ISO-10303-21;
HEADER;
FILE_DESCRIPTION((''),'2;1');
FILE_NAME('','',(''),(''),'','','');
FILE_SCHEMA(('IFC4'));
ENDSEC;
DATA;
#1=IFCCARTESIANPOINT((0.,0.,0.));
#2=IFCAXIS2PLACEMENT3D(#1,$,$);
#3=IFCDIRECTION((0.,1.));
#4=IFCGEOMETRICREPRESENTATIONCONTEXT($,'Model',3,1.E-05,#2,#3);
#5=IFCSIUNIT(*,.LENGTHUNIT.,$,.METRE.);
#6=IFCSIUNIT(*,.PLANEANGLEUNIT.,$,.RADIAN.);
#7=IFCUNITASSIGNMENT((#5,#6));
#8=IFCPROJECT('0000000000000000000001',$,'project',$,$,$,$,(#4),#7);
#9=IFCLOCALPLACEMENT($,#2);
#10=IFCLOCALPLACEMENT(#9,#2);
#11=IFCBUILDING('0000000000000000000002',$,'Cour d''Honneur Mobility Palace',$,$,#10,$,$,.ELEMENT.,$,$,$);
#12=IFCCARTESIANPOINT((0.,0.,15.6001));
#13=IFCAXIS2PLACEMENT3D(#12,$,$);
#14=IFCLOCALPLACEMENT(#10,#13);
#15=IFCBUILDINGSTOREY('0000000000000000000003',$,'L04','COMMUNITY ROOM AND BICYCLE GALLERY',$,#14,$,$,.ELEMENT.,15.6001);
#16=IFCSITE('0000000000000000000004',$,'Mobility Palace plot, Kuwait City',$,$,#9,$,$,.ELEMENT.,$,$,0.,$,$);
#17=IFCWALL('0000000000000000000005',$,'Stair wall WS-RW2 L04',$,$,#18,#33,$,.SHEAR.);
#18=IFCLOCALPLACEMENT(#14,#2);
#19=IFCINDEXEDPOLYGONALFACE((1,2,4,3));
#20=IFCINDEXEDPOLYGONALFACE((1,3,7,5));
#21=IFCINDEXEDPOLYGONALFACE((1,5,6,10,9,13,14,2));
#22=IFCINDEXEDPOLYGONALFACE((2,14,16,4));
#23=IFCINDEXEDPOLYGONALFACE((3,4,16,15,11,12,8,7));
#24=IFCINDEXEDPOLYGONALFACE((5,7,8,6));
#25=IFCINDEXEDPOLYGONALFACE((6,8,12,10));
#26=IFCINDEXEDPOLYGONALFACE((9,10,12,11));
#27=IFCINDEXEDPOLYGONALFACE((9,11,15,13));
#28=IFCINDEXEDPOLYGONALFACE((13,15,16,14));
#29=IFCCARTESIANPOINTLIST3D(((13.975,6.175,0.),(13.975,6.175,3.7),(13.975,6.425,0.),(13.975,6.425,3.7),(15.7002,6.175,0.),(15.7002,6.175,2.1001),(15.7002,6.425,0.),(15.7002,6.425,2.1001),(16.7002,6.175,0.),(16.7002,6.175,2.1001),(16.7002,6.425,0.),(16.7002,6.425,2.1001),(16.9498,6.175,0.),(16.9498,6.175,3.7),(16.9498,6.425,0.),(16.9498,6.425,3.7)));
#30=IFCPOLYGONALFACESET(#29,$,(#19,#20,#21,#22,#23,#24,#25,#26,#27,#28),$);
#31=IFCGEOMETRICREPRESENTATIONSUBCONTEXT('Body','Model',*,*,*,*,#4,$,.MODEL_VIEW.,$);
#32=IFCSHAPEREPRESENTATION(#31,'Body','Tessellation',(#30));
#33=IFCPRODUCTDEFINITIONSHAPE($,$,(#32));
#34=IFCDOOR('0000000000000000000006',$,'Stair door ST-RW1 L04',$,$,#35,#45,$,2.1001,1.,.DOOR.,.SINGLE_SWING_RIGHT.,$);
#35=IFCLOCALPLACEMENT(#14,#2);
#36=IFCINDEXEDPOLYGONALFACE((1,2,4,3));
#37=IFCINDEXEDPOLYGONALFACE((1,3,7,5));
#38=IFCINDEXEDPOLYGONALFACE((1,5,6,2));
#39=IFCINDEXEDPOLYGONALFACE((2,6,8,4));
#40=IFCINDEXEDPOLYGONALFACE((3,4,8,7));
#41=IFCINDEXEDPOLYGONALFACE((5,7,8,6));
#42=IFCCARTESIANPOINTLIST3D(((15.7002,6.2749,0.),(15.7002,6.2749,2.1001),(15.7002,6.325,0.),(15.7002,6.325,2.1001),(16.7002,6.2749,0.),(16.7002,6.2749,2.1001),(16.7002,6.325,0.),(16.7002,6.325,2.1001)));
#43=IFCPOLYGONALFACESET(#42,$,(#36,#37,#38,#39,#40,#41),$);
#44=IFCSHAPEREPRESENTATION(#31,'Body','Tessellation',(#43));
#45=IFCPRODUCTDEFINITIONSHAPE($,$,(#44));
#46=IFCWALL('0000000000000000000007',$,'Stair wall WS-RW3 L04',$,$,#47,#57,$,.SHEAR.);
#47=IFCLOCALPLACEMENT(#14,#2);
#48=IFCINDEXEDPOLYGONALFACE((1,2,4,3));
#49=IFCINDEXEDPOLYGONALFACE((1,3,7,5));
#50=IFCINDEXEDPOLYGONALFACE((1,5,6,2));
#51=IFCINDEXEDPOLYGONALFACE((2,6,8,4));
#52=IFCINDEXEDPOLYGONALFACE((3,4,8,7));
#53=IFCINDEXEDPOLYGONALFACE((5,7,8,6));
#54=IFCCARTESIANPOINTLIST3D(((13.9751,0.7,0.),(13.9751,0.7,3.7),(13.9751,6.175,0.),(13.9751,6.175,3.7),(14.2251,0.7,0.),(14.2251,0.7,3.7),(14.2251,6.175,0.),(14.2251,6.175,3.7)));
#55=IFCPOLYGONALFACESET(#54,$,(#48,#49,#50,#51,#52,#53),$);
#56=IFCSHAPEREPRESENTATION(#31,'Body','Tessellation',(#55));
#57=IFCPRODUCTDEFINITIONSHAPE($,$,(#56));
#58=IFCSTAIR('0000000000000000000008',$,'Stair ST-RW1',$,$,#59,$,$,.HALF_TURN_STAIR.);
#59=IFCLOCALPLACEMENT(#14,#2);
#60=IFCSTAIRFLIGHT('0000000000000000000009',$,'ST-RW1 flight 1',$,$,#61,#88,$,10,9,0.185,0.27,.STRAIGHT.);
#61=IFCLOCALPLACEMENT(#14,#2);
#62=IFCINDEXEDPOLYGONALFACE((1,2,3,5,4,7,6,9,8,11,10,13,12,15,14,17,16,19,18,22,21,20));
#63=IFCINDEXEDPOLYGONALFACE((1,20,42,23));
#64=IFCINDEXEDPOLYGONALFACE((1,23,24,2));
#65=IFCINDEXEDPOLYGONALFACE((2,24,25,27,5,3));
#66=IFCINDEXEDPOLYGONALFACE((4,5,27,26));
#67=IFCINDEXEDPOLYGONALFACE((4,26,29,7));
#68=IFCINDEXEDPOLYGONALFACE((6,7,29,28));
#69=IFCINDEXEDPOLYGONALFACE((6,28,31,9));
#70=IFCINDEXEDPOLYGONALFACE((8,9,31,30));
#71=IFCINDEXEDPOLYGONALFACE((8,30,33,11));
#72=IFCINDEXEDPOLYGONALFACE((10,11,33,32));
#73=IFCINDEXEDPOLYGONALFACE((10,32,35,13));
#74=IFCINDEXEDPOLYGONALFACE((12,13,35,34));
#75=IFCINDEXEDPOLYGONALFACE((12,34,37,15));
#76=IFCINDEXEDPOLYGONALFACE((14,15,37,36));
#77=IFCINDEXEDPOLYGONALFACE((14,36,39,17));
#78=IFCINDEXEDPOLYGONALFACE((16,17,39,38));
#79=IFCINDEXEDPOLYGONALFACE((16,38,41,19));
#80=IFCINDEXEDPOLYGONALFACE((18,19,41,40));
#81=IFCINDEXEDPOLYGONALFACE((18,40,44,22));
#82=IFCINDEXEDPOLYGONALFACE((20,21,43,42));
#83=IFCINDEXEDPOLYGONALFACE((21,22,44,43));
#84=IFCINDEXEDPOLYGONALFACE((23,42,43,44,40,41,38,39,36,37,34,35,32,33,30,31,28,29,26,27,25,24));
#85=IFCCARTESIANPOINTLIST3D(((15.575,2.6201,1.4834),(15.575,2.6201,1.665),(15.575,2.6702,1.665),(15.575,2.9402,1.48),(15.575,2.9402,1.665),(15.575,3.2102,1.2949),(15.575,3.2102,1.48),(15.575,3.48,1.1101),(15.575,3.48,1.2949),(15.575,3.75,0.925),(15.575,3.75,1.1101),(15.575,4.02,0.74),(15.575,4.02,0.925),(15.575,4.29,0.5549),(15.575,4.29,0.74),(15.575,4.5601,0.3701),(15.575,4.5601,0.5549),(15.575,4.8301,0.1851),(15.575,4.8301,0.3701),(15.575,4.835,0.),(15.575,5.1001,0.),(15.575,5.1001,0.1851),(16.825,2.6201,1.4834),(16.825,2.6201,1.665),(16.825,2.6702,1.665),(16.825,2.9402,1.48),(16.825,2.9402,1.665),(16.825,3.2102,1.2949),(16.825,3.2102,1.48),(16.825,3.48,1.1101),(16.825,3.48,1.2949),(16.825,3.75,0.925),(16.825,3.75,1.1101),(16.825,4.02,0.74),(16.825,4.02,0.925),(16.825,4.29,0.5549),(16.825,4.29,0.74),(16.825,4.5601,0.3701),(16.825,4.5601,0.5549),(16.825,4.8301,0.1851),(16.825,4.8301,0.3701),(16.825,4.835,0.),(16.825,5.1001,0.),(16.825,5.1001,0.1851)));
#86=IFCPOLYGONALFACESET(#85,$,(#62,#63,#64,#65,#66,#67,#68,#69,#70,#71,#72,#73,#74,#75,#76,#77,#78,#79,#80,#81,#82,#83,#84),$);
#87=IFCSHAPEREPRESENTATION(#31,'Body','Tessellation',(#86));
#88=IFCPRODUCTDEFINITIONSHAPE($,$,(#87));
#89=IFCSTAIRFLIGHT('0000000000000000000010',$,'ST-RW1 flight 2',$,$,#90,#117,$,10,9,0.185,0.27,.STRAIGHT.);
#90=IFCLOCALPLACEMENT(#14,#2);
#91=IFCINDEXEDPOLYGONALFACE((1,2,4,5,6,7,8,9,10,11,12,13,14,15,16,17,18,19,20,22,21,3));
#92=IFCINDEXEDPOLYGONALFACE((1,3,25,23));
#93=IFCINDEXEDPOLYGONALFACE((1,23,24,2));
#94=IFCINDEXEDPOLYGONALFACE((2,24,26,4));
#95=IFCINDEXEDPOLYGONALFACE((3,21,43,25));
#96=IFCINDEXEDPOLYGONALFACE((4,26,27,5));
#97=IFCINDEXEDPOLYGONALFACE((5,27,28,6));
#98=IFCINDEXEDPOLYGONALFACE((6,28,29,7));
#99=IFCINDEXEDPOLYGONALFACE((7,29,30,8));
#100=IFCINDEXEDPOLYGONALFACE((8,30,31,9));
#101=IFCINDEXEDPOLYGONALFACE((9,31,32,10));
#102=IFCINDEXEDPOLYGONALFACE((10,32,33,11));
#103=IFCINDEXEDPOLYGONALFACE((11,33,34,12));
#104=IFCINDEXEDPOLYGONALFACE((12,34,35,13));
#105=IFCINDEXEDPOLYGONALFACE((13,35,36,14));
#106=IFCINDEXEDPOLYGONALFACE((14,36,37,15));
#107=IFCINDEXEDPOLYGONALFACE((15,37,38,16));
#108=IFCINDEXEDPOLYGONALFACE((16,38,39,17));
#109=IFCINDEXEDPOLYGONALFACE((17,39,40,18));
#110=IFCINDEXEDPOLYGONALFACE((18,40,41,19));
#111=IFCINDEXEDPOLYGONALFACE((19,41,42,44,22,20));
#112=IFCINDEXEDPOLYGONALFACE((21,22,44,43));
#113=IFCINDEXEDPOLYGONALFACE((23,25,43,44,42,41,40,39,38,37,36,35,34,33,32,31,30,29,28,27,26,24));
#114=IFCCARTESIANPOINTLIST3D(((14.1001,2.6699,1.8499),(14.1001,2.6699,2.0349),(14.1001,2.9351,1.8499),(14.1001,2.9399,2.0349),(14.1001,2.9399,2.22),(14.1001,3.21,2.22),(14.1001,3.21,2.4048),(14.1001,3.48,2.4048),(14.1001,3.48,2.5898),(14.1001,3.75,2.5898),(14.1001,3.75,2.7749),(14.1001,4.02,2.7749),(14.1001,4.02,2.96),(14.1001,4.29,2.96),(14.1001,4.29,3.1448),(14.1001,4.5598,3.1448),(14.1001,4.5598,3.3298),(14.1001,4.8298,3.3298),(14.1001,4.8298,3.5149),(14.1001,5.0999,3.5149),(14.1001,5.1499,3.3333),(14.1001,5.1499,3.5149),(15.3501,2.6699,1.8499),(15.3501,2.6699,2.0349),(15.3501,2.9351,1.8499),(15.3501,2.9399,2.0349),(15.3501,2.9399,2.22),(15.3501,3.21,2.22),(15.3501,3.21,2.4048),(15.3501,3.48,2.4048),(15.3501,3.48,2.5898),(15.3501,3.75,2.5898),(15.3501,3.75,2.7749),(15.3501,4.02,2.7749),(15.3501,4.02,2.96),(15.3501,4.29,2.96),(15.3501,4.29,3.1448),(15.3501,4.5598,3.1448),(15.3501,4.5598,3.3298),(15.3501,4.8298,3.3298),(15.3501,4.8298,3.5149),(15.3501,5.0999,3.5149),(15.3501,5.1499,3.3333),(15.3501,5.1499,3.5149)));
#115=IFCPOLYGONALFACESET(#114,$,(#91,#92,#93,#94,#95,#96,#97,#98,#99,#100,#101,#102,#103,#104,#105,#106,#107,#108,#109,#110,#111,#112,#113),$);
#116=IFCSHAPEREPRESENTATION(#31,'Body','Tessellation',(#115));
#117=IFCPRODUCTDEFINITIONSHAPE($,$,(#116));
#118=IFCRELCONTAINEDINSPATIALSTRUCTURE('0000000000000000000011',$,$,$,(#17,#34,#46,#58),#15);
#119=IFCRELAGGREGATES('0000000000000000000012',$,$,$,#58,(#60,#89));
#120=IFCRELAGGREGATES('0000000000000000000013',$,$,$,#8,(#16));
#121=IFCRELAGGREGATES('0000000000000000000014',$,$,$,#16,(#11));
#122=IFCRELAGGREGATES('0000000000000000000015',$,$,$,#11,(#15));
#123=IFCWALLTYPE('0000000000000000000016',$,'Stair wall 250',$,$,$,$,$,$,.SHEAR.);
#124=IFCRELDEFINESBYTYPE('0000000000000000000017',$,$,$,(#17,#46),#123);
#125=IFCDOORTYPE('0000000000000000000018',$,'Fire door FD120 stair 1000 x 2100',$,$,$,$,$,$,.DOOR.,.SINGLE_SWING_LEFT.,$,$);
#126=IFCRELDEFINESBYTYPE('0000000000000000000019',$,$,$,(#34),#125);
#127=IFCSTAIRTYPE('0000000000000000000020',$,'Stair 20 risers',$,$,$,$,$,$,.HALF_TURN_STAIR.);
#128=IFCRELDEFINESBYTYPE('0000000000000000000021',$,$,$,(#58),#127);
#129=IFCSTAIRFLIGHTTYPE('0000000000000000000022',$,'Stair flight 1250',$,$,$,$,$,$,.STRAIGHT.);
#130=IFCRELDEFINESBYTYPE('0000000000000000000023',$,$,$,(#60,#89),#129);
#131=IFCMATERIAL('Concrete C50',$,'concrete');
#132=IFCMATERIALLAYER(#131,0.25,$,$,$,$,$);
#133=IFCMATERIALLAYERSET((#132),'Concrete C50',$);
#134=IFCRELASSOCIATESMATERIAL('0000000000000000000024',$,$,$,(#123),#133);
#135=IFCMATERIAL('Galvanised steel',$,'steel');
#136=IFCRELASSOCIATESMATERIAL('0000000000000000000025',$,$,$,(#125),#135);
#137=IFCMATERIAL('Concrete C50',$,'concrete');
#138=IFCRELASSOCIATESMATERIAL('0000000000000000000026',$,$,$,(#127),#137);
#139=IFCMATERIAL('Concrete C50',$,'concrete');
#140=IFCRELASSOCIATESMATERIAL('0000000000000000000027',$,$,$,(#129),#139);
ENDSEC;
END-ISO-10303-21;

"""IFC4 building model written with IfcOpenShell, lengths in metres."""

from ifc_helpers import new_model, si_unit, direction, frame, frame_2d, origin, place, context, subcontext, project, spatial, polyline, rectangle, outline, extrude, material, layer, layer_set, type_object, element, fill, aggregate, save


model = new_model("IFC4")

# Units and contexts
model_context = context("Model", 3, precision=1e-05, world=origin(), true_north=direction((0.0, 1.0)))
body_context = subcontext(model_context, "Body", "Model", "MODEL_VIEW")
ifc_project = project(units=[si_unit("LENGTHUNIT", "METRE"), si_unit("PLANEANGLEUNIT", "RADIAN")], contexts=[model_context])

# Site, building, storey
site_placement = place(None, origin())
site = spatial("IfcSite", under=ifc_project, at=site_placement, Name="Mobility Palace plot, Kuwait City", CompositionType="ELEMENT", RefElevation=0.0)
building_placement = place(site_placement, origin())
building = spatial("IfcBuilding", under=site, at=building_placement, Name="Cour d'Honneur Mobility Palace", CompositionType="ELEMENT")
storey_placement = place(building_placement, frame((0.0, 0.0, 15.6001)))
storey = spatial("IfcBuildingStorey", under=building, at=storey_placement, Name="L04", Description="COMMUNITY ROOM AND BICYCLE GALLERY", CompositionType="ELEMENT", Elevation=15.6001)

# Shared definitions
ifc_material_1 = material(Name="Concrete C50", Category="concrete")
ifc_layer_1 = layer(ifc_material_1, 0.25)
ifc_layer_set_1 = layer_set([ifc_layer_1], Name="Concrete C50")
wall_type_1 = type_object("IfcWallType", Name="Stair wall 250", PredefinedType="SHEAR", material=ifc_layer_set_1)

# Wall, opening, door
wall_1_placement = place(storey_placement, frame((13.9751, 6.3, 0.0), z_axis=(0.0, 0.0, 1.0), x_axis=(1.0, 0.0, 0.0)))
wall_1 = element("IfcWall", 1, at=wall_1_placement, inside=storey, type_object=wall_type_1, Name="Stair wall WS-RW2 L04", PredefinedType="SHEAR", context=body_context, shape_type="SweptSolid", body=[
    extrude(rectangle(XDim=2.9749, YDim=0.25, at=frame_2d((1.4873, 0.0))), origin(), (0.0, 0.0, 1.0), 3.7),
])
opening_1_placement = place(wall_1_placement, frame((1.7251, 0.0, 0.0)))
opening_1 = element("IfcOpeningElement", 2, at=opening_1_placement, cuts=wall_1, PredefinedType="OPENING", context=body_context, shape_type="SweptSolid", body=[
    extrude(rectangle(XDim=1.0, YDim=2.1001, at=frame_2d((0.5, 1.05))), frame((0.0, 0.135, 0.0), z_axis=(0.0, -1.0, 0.0), x_axis=(1.0, 0.0, 0.0)), (0.0, 0.0, 1.0), 0.27),
])
ifc_material_2 = material(Name="Galvanised steel", Category="steel")
door_type_1 = type_object("IfcDoorType", Name="Fire door FD120 stair 1000 x 2100", OperationType="SINGLE_SWING_LEFT", PredefinedType="DOOR", material=ifc_material_2)
door_1_placement = place(opening_1_placement, origin())
door_1 = element("IfcDoor", 3, at=door_1_placement, inside=storey, type_object=door_type_1, Name="Stair door ST-RW1 L04", OperationType="SINGLE_SWING_RIGHT", OverallHeight=2.1001, OverallWidth=1.0, PredefinedType="DOOR", context=body_context, shape_type="SweptSolid", body=[
    extrude(rectangle(XDim=1.0, YDim=2.1001, at=frame_2d((0.5, 1.05))), frame((0.0, 0.0249, 0.0), z_axis=(0.0, -1.0, 0.0), x_axis=(1.0, 0.0, 0.0)), (0.0, 0.0, 1.0), 0.05),
])
fill(opening_1, door_1)

# Wall
wall_2_placement = place(storey_placement, frame((14.1001, 0.7, 0.0), z_axis=(0.0, 0.0, 1.0), x_axis=(0.0, 1.0, 0.0)))
element("IfcWall", 4, at=wall_2_placement, inside=storey, type_object=wall_type_1, Name="Stair wall WS-RW3 L04", PredefinedType="SHEAR", context=body_context, shape_type="SweptSolid", body=[
    extrude(rectangle(XDim=5.4751, YDim=0.25, at=frame_2d((2.7375, 0.0))), origin(), (0.0, 0.0, 1.0), 3.7),
])

# Stair, stair flights
ifc_material_3 = material(Name="Concrete C50", Category="concrete")
stair_type = type_object("IfcStairType", Name="Stair 20 risers", PredefinedType="HALF_TURN_STAIR", material=ifc_material_3)
stair_placement = place(storey_placement, origin())
stair = element("IfcStair", 5, at=stair_placement, inside=storey, type_object=stair_type, Name="Stair ST-RW1", PredefinedType="HALF_TURN_STAIR")
ifc_material_4 = material(Name="Concrete C50", Category="concrete")
stair_flight_type = type_object("IfcStairFlightType", Name="Stair flight 1250", PredefinedType="STRAIGHT", material=ifc_material_4)
stair_flight_1_placement = place(storey_placement, frame((16.2, 5.1001, 0.0), z_axis=(0.0, 0.0, 1.0), x_axis=(0.0, -1.0, 0.0)))
stair_flight_1 = element("IfcStairFlight", 6, at=stair_flight_1_placement, type_object=stair_flight_type, Name="ST-RW1 flight 1", NumberOfRisers=10, NumberOfTreads=9, PredefinedType="STRAIGHT", RiserHeight=0.185, TreadLength=0.27, context=body_context, shape_type="SweptSolid", body=[
    extrude(outline(polyline([(0.0, 0.0), (0.0, 0.1851), (0.27, 0.1851), (0.27, 0.3701), (0.54, 0.3701), (0.54, 0.5549), (0.8101, 0.5549), (0.8101, 0.74), (1.0801, 0.74), (1.0801, 0.925), (1.3501, 0.925), (1.3501, 1.1101), (1.6201, 1.1101), (1.6201, 1.2949), (1.8899, 1.2949), (1.8899, 1.48), (2.1599, 1.48), (2.1599, 1.665), (2.4299, 1.665), (2.48, 1.665), (2.48, 1.4834), (0.2651, 0.0), (0.0, 0.0)])), frame((0.0, 0.625, 0.0), z_axis=(0.0, -1.0, 0.0), x_axis=(1.0, 0.0, 0.0)), (0.0, 0.0, 1.0), 1.25),
])
stair_flight_2_placement = place(storey_placement, frame((14.7251, 2.6699, 1.8499), z_axis=(0.0, 0.0, 1.0), x_axis=(0.0, 1.0, 0.0)))
stair_flight_2 = element("IfcStairFlight", 7, at=stair_flight_2_placement, type_object=stair_flight_type, Name="ST-RW1 flight 2", NumberOfRisers=10, NumberOfTreads=9, PredefinedType="STRAIGHT", RiserHeight=0.185, TreadLength=0.27, context=body_context, shape_type="SweptSolid", body=[
    extrude(outline(polyline([(0.0, 0.0), (0.0, 0.1851), (0.27, 0.1851), (0.27, 0.3701), (0.54, 0.3701), (0.54, 0.5549), (0.8101, 0.5549), (0.8101, 0.74), (1.0801, 0.74), (1.0801, 0.925), (1.3501, 0.925), (1.3501, 1.1101), (1.6201, 1.1101), (1.6201, 1.2949), (1.8899, 1.2949), (1.8899, 1.48), (2.1599, 1.48), (2.1599, 1.665), (2.4299, 1.665), (2.48, 1.665), (2.48, 1.4834), (0.2651, 0.0), (0.0, 0.0)])), frame((0.0, 0.625, 0.0), z_axis=(0.0, -1.0, 0.0), x_axis=(1.0, 0.0, 0.0)), (0.0, 0.0, 1.0), 1.25),
])
aggregate(stair, [stair_flight_1, stair_flight_2])

save(model, "model.ifc")
